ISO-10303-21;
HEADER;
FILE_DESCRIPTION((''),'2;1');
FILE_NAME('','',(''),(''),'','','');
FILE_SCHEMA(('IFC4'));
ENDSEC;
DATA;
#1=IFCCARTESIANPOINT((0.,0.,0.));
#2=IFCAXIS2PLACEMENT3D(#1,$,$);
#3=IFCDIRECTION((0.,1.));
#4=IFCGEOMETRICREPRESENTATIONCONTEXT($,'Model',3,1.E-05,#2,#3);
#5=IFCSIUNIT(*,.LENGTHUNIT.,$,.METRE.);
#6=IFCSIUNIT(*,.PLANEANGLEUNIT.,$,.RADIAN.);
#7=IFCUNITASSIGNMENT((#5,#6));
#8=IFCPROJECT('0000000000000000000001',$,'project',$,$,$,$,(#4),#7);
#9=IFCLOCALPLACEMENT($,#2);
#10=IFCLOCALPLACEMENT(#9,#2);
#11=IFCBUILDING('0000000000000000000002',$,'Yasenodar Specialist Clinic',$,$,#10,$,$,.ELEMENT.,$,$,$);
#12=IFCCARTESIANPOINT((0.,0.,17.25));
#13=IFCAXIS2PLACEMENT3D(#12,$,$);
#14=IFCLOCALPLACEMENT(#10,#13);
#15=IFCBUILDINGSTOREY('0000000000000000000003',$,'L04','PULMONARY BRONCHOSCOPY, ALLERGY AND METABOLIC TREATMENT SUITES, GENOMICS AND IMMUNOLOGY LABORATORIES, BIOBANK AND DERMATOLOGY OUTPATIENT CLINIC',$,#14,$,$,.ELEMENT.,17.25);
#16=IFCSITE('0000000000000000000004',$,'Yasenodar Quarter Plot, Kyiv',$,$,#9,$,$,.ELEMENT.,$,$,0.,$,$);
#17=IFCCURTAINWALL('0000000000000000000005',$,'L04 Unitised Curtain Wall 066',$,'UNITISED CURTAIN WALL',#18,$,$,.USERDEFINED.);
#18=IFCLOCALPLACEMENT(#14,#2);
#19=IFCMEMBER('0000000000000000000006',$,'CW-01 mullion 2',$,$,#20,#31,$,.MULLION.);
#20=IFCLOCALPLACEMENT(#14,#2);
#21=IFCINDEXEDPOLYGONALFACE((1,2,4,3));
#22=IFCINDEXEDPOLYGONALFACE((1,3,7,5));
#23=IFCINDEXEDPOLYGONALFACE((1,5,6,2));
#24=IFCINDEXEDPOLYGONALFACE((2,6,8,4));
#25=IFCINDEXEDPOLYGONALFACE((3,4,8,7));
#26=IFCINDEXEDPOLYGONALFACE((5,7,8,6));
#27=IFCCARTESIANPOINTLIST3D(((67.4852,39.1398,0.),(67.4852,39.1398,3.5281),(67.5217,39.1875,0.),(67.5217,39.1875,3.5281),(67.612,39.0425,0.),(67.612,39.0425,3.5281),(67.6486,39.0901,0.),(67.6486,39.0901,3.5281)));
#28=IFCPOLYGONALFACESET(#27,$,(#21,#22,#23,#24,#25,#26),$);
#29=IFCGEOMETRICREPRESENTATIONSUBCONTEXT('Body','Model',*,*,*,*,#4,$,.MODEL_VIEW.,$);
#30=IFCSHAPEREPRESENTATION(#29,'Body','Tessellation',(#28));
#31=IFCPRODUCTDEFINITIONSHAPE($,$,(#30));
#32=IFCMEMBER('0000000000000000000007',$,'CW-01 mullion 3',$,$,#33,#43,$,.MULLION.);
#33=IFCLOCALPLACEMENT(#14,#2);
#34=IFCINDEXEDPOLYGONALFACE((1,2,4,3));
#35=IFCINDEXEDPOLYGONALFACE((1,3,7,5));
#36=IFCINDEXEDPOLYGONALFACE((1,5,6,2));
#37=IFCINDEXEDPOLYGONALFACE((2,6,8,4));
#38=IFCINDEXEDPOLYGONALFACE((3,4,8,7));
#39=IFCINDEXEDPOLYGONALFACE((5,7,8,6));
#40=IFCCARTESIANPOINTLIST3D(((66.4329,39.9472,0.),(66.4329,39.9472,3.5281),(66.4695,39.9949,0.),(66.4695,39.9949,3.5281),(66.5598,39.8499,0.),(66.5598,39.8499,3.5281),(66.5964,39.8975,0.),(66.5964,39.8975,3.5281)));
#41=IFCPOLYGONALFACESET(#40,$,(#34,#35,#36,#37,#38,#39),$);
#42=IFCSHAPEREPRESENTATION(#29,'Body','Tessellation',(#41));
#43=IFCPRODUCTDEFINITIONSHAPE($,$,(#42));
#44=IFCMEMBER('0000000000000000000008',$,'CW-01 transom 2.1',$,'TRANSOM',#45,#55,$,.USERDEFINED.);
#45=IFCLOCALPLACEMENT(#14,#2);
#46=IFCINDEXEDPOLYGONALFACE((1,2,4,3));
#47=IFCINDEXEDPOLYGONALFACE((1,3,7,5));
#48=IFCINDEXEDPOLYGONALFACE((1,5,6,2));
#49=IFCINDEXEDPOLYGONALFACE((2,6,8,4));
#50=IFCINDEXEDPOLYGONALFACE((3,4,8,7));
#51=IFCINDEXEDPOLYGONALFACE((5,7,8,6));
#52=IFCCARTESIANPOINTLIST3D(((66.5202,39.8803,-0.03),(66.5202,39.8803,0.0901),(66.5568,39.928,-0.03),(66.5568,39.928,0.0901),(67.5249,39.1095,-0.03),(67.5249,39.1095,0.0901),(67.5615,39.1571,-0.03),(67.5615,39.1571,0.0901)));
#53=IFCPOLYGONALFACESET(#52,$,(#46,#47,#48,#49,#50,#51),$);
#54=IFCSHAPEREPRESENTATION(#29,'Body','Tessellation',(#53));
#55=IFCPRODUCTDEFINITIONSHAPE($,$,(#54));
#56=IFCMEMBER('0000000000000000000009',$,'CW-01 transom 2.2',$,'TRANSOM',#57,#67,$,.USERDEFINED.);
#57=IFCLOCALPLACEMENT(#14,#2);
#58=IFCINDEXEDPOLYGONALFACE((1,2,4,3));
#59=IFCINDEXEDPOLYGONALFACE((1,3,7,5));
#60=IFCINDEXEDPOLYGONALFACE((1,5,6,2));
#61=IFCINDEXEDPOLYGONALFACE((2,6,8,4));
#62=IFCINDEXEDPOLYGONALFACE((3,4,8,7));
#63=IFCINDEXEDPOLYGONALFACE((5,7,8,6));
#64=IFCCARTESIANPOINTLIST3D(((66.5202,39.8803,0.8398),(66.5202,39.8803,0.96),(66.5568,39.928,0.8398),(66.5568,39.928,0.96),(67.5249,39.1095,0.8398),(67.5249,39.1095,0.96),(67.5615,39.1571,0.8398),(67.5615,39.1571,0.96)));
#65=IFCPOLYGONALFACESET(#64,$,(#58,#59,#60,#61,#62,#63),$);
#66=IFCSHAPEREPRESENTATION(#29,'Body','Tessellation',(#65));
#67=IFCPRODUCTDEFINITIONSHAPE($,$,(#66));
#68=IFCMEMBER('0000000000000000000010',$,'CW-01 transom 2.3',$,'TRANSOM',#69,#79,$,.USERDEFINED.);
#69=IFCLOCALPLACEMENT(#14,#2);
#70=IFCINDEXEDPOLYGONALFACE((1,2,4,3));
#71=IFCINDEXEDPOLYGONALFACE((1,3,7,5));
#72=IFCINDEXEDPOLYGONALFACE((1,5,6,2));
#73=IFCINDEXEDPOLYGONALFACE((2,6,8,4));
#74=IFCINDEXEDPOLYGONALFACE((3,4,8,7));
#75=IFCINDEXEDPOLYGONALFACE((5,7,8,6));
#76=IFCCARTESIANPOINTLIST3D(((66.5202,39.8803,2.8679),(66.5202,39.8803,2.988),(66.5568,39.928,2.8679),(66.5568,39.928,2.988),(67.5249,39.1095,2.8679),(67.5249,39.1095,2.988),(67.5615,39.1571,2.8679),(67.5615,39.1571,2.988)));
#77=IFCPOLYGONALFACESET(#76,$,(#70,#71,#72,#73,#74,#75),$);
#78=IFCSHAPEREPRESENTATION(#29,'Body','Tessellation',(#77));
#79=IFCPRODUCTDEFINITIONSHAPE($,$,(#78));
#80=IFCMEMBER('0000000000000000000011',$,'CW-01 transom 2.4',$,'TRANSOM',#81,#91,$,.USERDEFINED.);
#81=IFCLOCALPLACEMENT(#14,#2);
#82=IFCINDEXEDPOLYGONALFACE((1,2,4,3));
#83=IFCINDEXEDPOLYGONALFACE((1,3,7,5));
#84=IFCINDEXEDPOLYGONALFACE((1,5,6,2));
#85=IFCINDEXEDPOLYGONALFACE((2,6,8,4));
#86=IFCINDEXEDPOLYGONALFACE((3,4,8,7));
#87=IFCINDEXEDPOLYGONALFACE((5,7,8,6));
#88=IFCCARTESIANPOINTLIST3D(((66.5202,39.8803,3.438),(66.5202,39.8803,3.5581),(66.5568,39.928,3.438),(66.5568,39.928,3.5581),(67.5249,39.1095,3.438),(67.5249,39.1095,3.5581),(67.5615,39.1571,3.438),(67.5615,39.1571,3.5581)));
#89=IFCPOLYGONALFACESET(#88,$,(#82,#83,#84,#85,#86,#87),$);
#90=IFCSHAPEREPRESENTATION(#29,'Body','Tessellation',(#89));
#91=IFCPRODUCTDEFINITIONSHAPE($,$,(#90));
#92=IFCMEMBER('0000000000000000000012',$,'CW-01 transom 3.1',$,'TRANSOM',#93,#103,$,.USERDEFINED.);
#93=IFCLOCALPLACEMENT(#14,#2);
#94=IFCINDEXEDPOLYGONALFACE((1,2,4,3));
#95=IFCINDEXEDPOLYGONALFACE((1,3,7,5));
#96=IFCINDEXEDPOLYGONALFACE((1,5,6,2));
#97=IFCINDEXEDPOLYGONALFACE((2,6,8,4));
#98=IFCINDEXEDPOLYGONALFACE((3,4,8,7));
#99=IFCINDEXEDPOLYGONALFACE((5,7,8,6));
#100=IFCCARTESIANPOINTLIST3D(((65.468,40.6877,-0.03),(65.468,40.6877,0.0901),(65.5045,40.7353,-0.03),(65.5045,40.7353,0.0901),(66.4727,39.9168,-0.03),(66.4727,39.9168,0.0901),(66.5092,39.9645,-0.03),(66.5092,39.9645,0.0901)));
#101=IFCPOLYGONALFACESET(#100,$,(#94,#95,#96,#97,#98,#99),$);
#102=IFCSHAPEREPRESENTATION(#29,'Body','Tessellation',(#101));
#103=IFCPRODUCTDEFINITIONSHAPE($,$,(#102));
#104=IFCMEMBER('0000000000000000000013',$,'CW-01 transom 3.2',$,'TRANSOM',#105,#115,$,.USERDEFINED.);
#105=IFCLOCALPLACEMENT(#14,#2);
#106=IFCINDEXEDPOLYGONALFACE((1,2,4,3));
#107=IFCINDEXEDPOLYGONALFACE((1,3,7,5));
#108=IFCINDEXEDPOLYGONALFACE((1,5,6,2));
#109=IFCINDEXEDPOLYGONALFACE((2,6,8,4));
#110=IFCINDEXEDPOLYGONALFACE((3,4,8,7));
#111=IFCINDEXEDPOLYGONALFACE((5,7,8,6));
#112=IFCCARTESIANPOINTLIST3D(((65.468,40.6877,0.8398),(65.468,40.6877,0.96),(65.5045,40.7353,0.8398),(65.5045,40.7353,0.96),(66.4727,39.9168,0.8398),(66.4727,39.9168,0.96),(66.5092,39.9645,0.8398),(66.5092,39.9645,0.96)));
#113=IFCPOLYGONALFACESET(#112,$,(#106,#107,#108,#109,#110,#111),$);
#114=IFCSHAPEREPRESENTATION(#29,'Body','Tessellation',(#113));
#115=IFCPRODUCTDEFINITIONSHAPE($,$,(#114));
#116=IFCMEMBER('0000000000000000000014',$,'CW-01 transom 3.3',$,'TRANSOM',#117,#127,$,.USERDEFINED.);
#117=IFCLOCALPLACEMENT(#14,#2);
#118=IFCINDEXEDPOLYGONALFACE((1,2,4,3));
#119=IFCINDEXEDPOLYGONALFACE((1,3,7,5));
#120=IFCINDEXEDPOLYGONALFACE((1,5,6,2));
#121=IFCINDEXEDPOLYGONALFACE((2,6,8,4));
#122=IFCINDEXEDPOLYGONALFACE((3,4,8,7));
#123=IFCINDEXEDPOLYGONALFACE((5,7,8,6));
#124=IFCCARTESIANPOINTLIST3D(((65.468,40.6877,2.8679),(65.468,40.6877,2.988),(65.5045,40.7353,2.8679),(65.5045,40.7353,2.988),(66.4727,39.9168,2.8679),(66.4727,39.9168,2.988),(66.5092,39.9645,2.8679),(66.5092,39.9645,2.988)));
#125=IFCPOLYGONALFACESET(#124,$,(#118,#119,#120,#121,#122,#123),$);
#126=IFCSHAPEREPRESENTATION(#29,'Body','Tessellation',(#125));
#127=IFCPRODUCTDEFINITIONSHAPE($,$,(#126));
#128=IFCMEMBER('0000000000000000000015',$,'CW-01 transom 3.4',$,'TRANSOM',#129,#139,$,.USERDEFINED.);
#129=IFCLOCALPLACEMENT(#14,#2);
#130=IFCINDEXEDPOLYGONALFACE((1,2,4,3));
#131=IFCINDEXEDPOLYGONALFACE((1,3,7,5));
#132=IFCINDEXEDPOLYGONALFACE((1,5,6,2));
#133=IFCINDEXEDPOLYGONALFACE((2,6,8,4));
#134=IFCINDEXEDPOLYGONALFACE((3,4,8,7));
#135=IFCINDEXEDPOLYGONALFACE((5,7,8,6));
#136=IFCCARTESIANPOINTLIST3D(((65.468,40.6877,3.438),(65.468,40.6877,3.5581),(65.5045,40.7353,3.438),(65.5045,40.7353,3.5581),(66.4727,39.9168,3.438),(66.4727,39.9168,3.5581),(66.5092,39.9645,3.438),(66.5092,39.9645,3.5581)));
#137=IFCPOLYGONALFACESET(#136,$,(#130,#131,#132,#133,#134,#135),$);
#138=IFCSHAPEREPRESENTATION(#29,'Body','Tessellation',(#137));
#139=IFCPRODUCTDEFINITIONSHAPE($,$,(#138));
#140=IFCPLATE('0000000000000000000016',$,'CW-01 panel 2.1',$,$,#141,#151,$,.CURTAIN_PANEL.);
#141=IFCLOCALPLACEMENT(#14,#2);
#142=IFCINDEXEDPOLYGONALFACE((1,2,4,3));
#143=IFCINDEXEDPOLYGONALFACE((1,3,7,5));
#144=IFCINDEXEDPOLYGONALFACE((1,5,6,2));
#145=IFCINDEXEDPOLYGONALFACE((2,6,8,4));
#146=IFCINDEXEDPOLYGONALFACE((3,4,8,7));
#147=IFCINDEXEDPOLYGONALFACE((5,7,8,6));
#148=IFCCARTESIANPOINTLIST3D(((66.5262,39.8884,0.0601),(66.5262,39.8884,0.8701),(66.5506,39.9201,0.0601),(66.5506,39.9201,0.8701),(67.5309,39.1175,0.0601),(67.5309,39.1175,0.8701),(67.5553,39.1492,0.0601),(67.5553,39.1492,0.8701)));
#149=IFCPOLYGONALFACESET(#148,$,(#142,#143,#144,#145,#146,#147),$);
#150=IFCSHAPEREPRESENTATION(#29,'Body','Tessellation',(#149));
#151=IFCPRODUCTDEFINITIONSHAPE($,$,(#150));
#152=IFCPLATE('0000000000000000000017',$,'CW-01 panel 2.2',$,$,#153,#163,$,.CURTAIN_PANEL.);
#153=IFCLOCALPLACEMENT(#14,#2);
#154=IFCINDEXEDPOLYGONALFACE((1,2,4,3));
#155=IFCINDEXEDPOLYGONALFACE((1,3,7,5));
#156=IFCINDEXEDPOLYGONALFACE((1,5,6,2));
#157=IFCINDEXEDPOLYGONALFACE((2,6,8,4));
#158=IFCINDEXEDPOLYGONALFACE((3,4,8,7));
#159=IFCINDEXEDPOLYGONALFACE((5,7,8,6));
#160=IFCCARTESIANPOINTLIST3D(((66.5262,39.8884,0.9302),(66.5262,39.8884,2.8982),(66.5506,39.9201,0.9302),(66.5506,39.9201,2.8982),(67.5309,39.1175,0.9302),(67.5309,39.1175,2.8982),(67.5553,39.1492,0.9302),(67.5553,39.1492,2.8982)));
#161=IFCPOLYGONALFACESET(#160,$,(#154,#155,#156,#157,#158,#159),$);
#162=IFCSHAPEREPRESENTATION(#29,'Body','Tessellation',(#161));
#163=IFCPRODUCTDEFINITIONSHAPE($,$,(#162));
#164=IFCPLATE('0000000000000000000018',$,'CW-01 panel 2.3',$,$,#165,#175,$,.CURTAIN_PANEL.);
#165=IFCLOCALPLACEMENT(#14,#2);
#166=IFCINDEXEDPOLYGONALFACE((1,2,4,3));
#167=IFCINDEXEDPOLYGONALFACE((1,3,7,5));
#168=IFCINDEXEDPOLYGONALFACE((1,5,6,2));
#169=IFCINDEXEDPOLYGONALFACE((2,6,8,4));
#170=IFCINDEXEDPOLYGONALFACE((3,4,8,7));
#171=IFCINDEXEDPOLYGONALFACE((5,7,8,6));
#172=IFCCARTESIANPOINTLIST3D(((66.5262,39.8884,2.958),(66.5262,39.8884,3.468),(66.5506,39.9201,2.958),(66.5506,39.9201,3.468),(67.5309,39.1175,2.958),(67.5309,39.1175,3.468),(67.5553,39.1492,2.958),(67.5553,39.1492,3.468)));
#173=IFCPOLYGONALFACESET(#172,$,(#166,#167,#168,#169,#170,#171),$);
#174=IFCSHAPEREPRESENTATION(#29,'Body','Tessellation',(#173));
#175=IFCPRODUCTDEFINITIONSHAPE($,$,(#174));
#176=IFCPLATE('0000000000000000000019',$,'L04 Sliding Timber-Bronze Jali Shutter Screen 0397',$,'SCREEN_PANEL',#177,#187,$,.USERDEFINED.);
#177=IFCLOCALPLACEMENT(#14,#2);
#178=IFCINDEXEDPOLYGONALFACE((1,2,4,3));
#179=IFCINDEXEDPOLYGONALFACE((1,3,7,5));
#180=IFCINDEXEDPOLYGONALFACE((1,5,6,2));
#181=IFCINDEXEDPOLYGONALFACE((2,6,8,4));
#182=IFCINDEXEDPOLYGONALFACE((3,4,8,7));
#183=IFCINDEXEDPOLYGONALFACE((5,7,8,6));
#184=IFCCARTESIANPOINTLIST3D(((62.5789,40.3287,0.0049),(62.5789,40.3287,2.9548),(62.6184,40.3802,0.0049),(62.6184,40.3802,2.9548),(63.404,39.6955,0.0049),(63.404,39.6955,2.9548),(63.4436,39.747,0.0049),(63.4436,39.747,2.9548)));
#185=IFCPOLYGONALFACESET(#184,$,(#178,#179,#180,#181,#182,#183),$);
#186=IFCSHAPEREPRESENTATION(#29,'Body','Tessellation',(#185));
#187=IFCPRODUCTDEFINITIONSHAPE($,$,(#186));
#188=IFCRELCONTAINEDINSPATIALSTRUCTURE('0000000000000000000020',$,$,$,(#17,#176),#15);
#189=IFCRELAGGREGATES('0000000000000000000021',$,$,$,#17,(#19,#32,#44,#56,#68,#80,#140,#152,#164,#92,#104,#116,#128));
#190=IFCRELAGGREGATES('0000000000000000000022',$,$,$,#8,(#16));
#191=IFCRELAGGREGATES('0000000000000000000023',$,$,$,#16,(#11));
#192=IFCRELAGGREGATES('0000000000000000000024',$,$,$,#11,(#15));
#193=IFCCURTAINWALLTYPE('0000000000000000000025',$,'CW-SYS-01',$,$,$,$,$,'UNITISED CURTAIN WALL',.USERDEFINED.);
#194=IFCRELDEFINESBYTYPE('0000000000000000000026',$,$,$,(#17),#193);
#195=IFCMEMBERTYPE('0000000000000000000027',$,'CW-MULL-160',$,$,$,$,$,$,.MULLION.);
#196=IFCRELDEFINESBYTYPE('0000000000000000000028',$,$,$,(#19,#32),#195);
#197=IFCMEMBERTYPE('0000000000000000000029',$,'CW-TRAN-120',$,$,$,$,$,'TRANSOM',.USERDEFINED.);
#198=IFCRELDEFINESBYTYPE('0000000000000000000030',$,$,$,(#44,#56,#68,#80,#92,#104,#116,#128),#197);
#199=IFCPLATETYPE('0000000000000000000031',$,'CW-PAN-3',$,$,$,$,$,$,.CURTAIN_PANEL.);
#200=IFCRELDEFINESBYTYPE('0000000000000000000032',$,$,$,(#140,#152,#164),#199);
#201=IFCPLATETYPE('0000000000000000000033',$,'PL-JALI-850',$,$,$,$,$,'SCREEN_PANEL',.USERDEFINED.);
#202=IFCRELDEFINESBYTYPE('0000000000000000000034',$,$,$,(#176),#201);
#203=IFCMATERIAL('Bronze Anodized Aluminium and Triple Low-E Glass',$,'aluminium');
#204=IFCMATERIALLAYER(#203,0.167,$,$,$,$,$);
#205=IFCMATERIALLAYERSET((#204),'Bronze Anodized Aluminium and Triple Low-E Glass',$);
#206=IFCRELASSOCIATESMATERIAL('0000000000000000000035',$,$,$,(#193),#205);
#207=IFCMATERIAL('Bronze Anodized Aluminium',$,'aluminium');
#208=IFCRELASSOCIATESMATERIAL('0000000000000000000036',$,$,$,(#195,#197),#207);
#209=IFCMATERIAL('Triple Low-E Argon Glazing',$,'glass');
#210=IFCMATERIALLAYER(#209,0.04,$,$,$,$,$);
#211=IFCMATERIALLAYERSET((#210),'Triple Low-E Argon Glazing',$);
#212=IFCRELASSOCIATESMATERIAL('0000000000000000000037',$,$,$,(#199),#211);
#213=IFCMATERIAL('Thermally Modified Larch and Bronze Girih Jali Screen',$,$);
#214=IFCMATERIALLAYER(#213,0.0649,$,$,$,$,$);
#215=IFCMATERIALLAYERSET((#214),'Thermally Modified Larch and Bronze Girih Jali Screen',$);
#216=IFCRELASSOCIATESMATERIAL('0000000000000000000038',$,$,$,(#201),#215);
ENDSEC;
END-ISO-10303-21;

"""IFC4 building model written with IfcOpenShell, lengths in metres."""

from ifc_helpers import new_model, si_unit, direction, frame, origin, origin_2d, place, context, subcontext, project, spatial, rectangle, extrude, material, layer, layer_set, material_profile, profile_set, type_object, element, aggregate, save


model = new_model("IFC4")

# Units and contexts
model_context = context("Model", 3, precision=1e-05, world=origin(), true_north=direction((0.0, 1.0)))
body_context = subcontext(model_context, "Body", "Model", "MODEL_VIEW")
ifc_project = project(units=[si_unit("LENGTHUNIT", "METRE"), si_unit("PLANEANGLEUNIT", "RADIAN")], contexts=[model_context])

# Site, building, storey
site_placement = place(None, origin())
site = spatial("IfcSite", under=ifc_project, at=site_placement, Name="Yasenodar Quarter Plot, Kyiv", CompositionType="ELEMENT", RefElevation=0.0)
building_placement = place(site_placement, origin())
building = spatial("IfcBuilding", under=site, at=building_placement, Name="Yasenodar Specialist Clinic", CompositionType="ELEMENT")
storey_placement = place(building_placement, frame((0.0, 0.0, 17.25)))
storey = spatial("IfcBuildingStorey", under=building, at=storey_placement, Name="L04", Description="PULMONARY BRONCHOSCOPY, ALLERGY AND METABOLIC TREATMENT SUITES, GENOMICS AND IMMUNOLOGY LABORATORIES, BIOBANK AND DERMATOLOGY OUTPATIENT CLINIC", CompositionType="ELEMENT", Elevation=17.25)

# Curtain wall, members, plates
ifc_material_1 = material(Name="Bronze Anodized Aluminium and Triple Low-E Glass", Category="aluminium")
ifc_layer_1 = layer(ifc_material_1, 0.167)
ifc_layer_set_1 = layer_set([ifc_layer_1], Name="Bronze Anodized Aluminium and Triple Low-E Glass")
curtain_wall_type = type_object("IfcCurtainWallType", Name="CW-SYS-01", ElementType="UNITISED CURTAIN WALL", PredefinedType="USERDEFINED", material=ifc_layer_set_1)
curtain_wall_placement = place(storey_placement, origin())
curtain_wall = element("IfcCurtainWall", 1, at=curtain_wall_placement, inside=storey, type_object=curtain_wall_type, Name="L04 Unitised Curtain Wall 066", ObjectType="UNITISED CURTAIN WALL", PredefinedType="USERDEFINED")
ifc_material_2 = material(Name="Bronze Anodized Aluminium", Category="aluminium")
ifc_material_profile_1 = material_profile(ifc_material_2, rectangle(XDim=0.0601, YDim=0.1599, at=origin_2d()), Name="CW-MULL 60x160")
ifc_profile_set_1 = profile_set([ifc_material_profile_1], Name="Bronze Anodized Aluminium")
member_type_1 = type_object("IfcMemberType", Name="CW-MULL-160", PredefinedType="MULLION", material=ifc_profile_set_1)
member_1_placement = place(storey_placement, frame((67.5669, 39.115, 0.0), z_axis=(0.0, 0.0, 1.0), x_axis=(-0.608752, -0.793361, 0.0)))
member_1 = element("IfcMember", 2, at=member_1_placement, type_object=member_type_1, Name="CW-01 mullion 2", PredefinedType="MULLION", context=body_context, shape_type="SweptSolid", body=[
    extrude(rectangle(XDim=0.0601, YDim=0.1599, at=origin_2d()), origin(), (0.0, 0.0, 1.0), 3.5281),
])
member_2_placement = place(storey_placement, frame((66.5146, 39.9224, 0.0), z_axis=(0.0, 0.0, 1.0), x_axis=(-0.608752, -0.793361, 0.0)))
member_2 = element("IfcMember", 3, at=member_2_placement, type_object=member_type_1, Name="CW-01 mullion 3", PredefinedType="MULLION", context=body_context, shape_type="SweptSolid", body=[
    extrude(rectangle(XDim=0.0601, YDim=0.1599, at=origin_2d()), origin(), (0.0, 0.0, 1.0), 3.5281),
])
ifc_material_profile_2 = material_profile(ifc_material_2, rectangle(XDim=0.0601, YDim=0.1201, at=origin_2d()), Name="CW-TRAN 60x120")
ifc_profile_set_2 = profile_set([ifc_material_profile_2], Name="Bronze Anodized Aluminium")
member_type_2 = type_object("IfcMemberType", Name="CW-TRAN-120", ElementType="TRANSOM", PredefinedType="USERDEFINED", material=ifc_profile_set_2)
member_3_placement = place(storey_placement, frame((67.5432, 39.1333, 0.03), z_axis=(-0.793405, 0.608695, 0.0), x_axis=(-0.608695, -0.793405, 0.0)))
member_3 = element("IfcMember", 4, at=member_3_placement, type_object=member_type_2, Name="CW-01 transom 2.1", ObjectType="TRANSOM", PredefinedType="USERDEFINED", context=body_context, shape_type="SweptSolid", body=[
    extrude(rectangle(XDim=0.0601, YDim=0.1201, at=origin_2d()), origin(), (0.0, 0.0, 1.0), 1.2664),
])
member_4_placement = place(storey_placement, frame((67.5432, 39.1333, 0.8999), z_axis=(-0.793405, 0.608695, 0.0), x_axis=(-0.608695, -0.793405, 0.0)))
member_4 = element("IfcMember", 5, at=member_4_placement, type_object=member_type_2, Name="CW-01 transom 2.2", ObjectType="TRANSOM", PredefinedType="USERDEFINED", context=body_context, shape_type="SweptSolid", body=[
    extrude(rectangle(XDim=0.0601, YDim=0.1201, at=origin_2d()), origin(), (0.0, 0.0, 1.0), 1.2664),
])
member_5_placement = place(storey_placement, frame((67.5432, 39.1333, 2.928), z_axis=(-0.793405, 0.608695, 0.0), x_axis=(-0.608695, -0.793405, 0.0)))
member_5 = element("IfcMember", 6, at=member_5_placement, type_object=member_type_2, Name="CW-01 transom 2.3", ObjectType="TRANSOM", PredefinedType="USERDEFINED", context=body_context, shape_type="SweptSolid", body=[
    extrude(rectangle(XDim=0.0601, YDim=0.1201, at=origin_2d()), origin(), (0.0, 0.0, 1.0), 1.2664),
])
member_6_placement = place(storey_placement, frame((67.5432, 39.1333, 3.498), z_axis=(-0.793405, 0.608695, 0.0), x_axis=(-0.608695, -0.793405, 0.0)))
member_6 = element("IfcMember", 7, at=member_6_placement, type_object=member_type_2, Name="CW-01 transom 2.4", ObjectType="TRANSOM", PredefinedType="USERDEFINED", context=body_context, shape_type="SweptSolid", body=[
    extrude(rectangle(XDim=0.0601, YDim=0.1201, at=origin_2d()), origin(), (0.0, 0.0, 1.0), 1.2664),
])
member_7_placement = place(storey_placement, frame((66.491, 39.9407, 0.03), z_axis=(-0.793405, 0.608695, 0.0), x_axis=(-0.608695, -0.793405, 0.0)))
member_7 = element("IfcMember", 8, at=member_7_placement, type_object=member_type_2, Name="CW-01 transom 3.1", ObjectType="TRANSOM", PredefinedType="USERDEFINED", context=body_context, shape_type="SweptSolid", body=[
    extrude(rectangle(XDim=0.0601, YDim=0.1201, at=origin_2d()), origin(), (0.0, 0.0, 1.0), 1.2664),
])
member_8_placement = place(storey_placement, frame((66.491, 39.9407, 0.8999), z_axis=(-0.793405, 0.608695, 0.0), x_axis=(-0.608695, -0.793405, 0.0)))
member_8 = element("IfcMember", 9, at=member_8_placement, type_object=member_type_2, Name="CW-01 transom 3.2", ObjectType="TRANSOM", PredefinedType="USERDEFINED", context=body_context, shape_type="SweptSolid", body=[
    extrude(rectangle(XDim=0.0601, YDim=0.1201, at=origin_2d()), origin(), (0.0, 0.0, 1.0), 1.2664),
])
member_9_placement = place(storey_placement, frame((66.491, 39.9407, 2.928), z_axis=(-0.793405, 0.608695, 0.0), x_axis=(-0.608695, -0.793405, 0.0)))
member_9 = element("IfcMember", 10, at=member_9_placement, type_object=member_type_2, Name="CW-01 transom 3.3", ObjectType="TRANSOM", PredefinedType="USERDEFINED", context=body_context, shape_type="SweptSolid", body=[
    extrude(rectangle(XDim=0.0601, YDim=0.1201, at=origin_2d()), origin(), (0.0, 0.0, 1.0), 1.2664),
])
member_10_placement = place(storey_placement, frame((66.491, 39.9407, 3.498), z_axis=(-0.793405, 0.608695, 0.0), x_axis=(-0.608695, -0.793405, 0.0)))
member_10 = element("IfcMember", 11, at=member_10_placement, type_object=member_type_2, Name="CW-01 transom 3.4", ObjectType="TRANSOM", PredefinedType="USERDEFINED", context=body_context, shape_type="SweptSolid", body=[
    extrude(rectangle(XDim=0.0601, YDim=0.1201, at=origin_2d()), origin(), (0.0, 0.0, 1.0), 1.2664),
])
ifc_material_3 = material(Name="Triple Low-E Argon Glazing", Category="glass")
ifc_layer_2 = layer(ifc_material_3, 0.04)
ifc_layer_set_2 = layer_set([ifc_layer_2], Name="Triple Low-E Argon Glazing")
plate_type_1 = type_object("IfcPlateType", Name="CW-PAN-3", PredefinedType="CURTAIN_PANEL", material=ifc_layer_set_2)
plate_1_placement = place(storey_placement, frame((67.0408, 39.5188, 0.0601), z_axis=(0.0, 0.0, 1.0), x_axis=(-0.793361, 0.608752, 0.0)))
plate_1 = element("IfcPlate", 12, at=plate_1_placement, type_object=plate_type_1, Name="CW-01 panel 2.1", PredefinedType="CURTAIN_PANEL", context=body_context, shape_type="SweptSolid", body=[
    extrude(rectangle(XDim=1.2664, YDim=0.04, at=origin_2d()), origin(), (0.0, 0.0, 1.0), 0.8101),
])
plate_2_placement = place(storey_placement, frame((67.0408, 39.5188, 0.9302), z_axis=(0.0, 0.0, 1.0), x_axis=(-0.793361, 0.608752, 0.0)))
plate_2 = element("IfcPlate", 13, at=plate_2_placement, type_object=plate_type_1, Name="CW-01 panel 2.2", PredefinedType="CURTAIN_PANEL", context=body_context, shape_type="SweptSolid", body=[
    extrude(rectangle(XDim=1.2664, YDim=0.04, at=origin_2d()), origin(), (0.0, 0.0, 1.0), 1.968),
])
plate_3_placement = place(storey_placement, frame((67.0408, 39.5188, 2.958), z_axis=(0.0, 0.0, 1.0), x_axis=(-0.793361, 0.608752, 0.0)))
plate_3 = element("IfcPlate", 14, at=plate_3_placement, type_object=plate_type_1, Name="CW-01 panel 2.3", PredefinedType="CURTAIN_PANEL", context=body_context, shape_type="SweptSolid", body=[
    extrude(rectangle(XDim=1.2664, YDim=0.04, at=origin_2d()), origin(), (0.0, 0.0, 1.0), 0.51),
])
aggregate(curtain_wall, [member_1, member_2, member_3, member_4, member_5, member_6, plate_1, plate_2, plate_3, member_7, member_8, member_9, member_10])

# Plate
ifc_material_4 = material(Name="Thermally Modified Larch and Bronze Girih Jali Screen")
ifc_layer_3 = layer(ifc_material_4, 0.0649)
ifc_layer_set_3 = layer_set([ifc_layer_3], Name="Thermally Modified Larch and Bronze Girih Jali Screen")
plate_type_2 = type_object("IfcPlateType", Name="PL-JALI-850", ElementType="SCREEN_PANEL", PredefinedType="USERDEFINED", material=ifc_layer_set_3)
for number, where, z_axis, x_axis, name in (
    (15, (63.0112, 40.0378, 0.0049), (0.0, 0.0, 1.0), (0.793351, -0.608764, 0.0), "L04 Sliding Timber-Bronze Jali Shutter Screen 0397"),
):
    element("IfcPlate", number, at=place(storey_placement, frame(where, z_axis=z_axis, x_axis=x_axis)), inside=storey, type_object=plate_type_2, Name=name, ObjectType="SCREEN_PANEL", PredefinedType="USERDEFINED", context=body_context, shape_type="SweptSolid", body=[
        extrude(rectangle(XDim=1.04, YDim=0.0649, at=origin_2d()), origin(), (0.0, 0.0, 1.0), 2.95),
    ])

save(model, "model.ifc")
